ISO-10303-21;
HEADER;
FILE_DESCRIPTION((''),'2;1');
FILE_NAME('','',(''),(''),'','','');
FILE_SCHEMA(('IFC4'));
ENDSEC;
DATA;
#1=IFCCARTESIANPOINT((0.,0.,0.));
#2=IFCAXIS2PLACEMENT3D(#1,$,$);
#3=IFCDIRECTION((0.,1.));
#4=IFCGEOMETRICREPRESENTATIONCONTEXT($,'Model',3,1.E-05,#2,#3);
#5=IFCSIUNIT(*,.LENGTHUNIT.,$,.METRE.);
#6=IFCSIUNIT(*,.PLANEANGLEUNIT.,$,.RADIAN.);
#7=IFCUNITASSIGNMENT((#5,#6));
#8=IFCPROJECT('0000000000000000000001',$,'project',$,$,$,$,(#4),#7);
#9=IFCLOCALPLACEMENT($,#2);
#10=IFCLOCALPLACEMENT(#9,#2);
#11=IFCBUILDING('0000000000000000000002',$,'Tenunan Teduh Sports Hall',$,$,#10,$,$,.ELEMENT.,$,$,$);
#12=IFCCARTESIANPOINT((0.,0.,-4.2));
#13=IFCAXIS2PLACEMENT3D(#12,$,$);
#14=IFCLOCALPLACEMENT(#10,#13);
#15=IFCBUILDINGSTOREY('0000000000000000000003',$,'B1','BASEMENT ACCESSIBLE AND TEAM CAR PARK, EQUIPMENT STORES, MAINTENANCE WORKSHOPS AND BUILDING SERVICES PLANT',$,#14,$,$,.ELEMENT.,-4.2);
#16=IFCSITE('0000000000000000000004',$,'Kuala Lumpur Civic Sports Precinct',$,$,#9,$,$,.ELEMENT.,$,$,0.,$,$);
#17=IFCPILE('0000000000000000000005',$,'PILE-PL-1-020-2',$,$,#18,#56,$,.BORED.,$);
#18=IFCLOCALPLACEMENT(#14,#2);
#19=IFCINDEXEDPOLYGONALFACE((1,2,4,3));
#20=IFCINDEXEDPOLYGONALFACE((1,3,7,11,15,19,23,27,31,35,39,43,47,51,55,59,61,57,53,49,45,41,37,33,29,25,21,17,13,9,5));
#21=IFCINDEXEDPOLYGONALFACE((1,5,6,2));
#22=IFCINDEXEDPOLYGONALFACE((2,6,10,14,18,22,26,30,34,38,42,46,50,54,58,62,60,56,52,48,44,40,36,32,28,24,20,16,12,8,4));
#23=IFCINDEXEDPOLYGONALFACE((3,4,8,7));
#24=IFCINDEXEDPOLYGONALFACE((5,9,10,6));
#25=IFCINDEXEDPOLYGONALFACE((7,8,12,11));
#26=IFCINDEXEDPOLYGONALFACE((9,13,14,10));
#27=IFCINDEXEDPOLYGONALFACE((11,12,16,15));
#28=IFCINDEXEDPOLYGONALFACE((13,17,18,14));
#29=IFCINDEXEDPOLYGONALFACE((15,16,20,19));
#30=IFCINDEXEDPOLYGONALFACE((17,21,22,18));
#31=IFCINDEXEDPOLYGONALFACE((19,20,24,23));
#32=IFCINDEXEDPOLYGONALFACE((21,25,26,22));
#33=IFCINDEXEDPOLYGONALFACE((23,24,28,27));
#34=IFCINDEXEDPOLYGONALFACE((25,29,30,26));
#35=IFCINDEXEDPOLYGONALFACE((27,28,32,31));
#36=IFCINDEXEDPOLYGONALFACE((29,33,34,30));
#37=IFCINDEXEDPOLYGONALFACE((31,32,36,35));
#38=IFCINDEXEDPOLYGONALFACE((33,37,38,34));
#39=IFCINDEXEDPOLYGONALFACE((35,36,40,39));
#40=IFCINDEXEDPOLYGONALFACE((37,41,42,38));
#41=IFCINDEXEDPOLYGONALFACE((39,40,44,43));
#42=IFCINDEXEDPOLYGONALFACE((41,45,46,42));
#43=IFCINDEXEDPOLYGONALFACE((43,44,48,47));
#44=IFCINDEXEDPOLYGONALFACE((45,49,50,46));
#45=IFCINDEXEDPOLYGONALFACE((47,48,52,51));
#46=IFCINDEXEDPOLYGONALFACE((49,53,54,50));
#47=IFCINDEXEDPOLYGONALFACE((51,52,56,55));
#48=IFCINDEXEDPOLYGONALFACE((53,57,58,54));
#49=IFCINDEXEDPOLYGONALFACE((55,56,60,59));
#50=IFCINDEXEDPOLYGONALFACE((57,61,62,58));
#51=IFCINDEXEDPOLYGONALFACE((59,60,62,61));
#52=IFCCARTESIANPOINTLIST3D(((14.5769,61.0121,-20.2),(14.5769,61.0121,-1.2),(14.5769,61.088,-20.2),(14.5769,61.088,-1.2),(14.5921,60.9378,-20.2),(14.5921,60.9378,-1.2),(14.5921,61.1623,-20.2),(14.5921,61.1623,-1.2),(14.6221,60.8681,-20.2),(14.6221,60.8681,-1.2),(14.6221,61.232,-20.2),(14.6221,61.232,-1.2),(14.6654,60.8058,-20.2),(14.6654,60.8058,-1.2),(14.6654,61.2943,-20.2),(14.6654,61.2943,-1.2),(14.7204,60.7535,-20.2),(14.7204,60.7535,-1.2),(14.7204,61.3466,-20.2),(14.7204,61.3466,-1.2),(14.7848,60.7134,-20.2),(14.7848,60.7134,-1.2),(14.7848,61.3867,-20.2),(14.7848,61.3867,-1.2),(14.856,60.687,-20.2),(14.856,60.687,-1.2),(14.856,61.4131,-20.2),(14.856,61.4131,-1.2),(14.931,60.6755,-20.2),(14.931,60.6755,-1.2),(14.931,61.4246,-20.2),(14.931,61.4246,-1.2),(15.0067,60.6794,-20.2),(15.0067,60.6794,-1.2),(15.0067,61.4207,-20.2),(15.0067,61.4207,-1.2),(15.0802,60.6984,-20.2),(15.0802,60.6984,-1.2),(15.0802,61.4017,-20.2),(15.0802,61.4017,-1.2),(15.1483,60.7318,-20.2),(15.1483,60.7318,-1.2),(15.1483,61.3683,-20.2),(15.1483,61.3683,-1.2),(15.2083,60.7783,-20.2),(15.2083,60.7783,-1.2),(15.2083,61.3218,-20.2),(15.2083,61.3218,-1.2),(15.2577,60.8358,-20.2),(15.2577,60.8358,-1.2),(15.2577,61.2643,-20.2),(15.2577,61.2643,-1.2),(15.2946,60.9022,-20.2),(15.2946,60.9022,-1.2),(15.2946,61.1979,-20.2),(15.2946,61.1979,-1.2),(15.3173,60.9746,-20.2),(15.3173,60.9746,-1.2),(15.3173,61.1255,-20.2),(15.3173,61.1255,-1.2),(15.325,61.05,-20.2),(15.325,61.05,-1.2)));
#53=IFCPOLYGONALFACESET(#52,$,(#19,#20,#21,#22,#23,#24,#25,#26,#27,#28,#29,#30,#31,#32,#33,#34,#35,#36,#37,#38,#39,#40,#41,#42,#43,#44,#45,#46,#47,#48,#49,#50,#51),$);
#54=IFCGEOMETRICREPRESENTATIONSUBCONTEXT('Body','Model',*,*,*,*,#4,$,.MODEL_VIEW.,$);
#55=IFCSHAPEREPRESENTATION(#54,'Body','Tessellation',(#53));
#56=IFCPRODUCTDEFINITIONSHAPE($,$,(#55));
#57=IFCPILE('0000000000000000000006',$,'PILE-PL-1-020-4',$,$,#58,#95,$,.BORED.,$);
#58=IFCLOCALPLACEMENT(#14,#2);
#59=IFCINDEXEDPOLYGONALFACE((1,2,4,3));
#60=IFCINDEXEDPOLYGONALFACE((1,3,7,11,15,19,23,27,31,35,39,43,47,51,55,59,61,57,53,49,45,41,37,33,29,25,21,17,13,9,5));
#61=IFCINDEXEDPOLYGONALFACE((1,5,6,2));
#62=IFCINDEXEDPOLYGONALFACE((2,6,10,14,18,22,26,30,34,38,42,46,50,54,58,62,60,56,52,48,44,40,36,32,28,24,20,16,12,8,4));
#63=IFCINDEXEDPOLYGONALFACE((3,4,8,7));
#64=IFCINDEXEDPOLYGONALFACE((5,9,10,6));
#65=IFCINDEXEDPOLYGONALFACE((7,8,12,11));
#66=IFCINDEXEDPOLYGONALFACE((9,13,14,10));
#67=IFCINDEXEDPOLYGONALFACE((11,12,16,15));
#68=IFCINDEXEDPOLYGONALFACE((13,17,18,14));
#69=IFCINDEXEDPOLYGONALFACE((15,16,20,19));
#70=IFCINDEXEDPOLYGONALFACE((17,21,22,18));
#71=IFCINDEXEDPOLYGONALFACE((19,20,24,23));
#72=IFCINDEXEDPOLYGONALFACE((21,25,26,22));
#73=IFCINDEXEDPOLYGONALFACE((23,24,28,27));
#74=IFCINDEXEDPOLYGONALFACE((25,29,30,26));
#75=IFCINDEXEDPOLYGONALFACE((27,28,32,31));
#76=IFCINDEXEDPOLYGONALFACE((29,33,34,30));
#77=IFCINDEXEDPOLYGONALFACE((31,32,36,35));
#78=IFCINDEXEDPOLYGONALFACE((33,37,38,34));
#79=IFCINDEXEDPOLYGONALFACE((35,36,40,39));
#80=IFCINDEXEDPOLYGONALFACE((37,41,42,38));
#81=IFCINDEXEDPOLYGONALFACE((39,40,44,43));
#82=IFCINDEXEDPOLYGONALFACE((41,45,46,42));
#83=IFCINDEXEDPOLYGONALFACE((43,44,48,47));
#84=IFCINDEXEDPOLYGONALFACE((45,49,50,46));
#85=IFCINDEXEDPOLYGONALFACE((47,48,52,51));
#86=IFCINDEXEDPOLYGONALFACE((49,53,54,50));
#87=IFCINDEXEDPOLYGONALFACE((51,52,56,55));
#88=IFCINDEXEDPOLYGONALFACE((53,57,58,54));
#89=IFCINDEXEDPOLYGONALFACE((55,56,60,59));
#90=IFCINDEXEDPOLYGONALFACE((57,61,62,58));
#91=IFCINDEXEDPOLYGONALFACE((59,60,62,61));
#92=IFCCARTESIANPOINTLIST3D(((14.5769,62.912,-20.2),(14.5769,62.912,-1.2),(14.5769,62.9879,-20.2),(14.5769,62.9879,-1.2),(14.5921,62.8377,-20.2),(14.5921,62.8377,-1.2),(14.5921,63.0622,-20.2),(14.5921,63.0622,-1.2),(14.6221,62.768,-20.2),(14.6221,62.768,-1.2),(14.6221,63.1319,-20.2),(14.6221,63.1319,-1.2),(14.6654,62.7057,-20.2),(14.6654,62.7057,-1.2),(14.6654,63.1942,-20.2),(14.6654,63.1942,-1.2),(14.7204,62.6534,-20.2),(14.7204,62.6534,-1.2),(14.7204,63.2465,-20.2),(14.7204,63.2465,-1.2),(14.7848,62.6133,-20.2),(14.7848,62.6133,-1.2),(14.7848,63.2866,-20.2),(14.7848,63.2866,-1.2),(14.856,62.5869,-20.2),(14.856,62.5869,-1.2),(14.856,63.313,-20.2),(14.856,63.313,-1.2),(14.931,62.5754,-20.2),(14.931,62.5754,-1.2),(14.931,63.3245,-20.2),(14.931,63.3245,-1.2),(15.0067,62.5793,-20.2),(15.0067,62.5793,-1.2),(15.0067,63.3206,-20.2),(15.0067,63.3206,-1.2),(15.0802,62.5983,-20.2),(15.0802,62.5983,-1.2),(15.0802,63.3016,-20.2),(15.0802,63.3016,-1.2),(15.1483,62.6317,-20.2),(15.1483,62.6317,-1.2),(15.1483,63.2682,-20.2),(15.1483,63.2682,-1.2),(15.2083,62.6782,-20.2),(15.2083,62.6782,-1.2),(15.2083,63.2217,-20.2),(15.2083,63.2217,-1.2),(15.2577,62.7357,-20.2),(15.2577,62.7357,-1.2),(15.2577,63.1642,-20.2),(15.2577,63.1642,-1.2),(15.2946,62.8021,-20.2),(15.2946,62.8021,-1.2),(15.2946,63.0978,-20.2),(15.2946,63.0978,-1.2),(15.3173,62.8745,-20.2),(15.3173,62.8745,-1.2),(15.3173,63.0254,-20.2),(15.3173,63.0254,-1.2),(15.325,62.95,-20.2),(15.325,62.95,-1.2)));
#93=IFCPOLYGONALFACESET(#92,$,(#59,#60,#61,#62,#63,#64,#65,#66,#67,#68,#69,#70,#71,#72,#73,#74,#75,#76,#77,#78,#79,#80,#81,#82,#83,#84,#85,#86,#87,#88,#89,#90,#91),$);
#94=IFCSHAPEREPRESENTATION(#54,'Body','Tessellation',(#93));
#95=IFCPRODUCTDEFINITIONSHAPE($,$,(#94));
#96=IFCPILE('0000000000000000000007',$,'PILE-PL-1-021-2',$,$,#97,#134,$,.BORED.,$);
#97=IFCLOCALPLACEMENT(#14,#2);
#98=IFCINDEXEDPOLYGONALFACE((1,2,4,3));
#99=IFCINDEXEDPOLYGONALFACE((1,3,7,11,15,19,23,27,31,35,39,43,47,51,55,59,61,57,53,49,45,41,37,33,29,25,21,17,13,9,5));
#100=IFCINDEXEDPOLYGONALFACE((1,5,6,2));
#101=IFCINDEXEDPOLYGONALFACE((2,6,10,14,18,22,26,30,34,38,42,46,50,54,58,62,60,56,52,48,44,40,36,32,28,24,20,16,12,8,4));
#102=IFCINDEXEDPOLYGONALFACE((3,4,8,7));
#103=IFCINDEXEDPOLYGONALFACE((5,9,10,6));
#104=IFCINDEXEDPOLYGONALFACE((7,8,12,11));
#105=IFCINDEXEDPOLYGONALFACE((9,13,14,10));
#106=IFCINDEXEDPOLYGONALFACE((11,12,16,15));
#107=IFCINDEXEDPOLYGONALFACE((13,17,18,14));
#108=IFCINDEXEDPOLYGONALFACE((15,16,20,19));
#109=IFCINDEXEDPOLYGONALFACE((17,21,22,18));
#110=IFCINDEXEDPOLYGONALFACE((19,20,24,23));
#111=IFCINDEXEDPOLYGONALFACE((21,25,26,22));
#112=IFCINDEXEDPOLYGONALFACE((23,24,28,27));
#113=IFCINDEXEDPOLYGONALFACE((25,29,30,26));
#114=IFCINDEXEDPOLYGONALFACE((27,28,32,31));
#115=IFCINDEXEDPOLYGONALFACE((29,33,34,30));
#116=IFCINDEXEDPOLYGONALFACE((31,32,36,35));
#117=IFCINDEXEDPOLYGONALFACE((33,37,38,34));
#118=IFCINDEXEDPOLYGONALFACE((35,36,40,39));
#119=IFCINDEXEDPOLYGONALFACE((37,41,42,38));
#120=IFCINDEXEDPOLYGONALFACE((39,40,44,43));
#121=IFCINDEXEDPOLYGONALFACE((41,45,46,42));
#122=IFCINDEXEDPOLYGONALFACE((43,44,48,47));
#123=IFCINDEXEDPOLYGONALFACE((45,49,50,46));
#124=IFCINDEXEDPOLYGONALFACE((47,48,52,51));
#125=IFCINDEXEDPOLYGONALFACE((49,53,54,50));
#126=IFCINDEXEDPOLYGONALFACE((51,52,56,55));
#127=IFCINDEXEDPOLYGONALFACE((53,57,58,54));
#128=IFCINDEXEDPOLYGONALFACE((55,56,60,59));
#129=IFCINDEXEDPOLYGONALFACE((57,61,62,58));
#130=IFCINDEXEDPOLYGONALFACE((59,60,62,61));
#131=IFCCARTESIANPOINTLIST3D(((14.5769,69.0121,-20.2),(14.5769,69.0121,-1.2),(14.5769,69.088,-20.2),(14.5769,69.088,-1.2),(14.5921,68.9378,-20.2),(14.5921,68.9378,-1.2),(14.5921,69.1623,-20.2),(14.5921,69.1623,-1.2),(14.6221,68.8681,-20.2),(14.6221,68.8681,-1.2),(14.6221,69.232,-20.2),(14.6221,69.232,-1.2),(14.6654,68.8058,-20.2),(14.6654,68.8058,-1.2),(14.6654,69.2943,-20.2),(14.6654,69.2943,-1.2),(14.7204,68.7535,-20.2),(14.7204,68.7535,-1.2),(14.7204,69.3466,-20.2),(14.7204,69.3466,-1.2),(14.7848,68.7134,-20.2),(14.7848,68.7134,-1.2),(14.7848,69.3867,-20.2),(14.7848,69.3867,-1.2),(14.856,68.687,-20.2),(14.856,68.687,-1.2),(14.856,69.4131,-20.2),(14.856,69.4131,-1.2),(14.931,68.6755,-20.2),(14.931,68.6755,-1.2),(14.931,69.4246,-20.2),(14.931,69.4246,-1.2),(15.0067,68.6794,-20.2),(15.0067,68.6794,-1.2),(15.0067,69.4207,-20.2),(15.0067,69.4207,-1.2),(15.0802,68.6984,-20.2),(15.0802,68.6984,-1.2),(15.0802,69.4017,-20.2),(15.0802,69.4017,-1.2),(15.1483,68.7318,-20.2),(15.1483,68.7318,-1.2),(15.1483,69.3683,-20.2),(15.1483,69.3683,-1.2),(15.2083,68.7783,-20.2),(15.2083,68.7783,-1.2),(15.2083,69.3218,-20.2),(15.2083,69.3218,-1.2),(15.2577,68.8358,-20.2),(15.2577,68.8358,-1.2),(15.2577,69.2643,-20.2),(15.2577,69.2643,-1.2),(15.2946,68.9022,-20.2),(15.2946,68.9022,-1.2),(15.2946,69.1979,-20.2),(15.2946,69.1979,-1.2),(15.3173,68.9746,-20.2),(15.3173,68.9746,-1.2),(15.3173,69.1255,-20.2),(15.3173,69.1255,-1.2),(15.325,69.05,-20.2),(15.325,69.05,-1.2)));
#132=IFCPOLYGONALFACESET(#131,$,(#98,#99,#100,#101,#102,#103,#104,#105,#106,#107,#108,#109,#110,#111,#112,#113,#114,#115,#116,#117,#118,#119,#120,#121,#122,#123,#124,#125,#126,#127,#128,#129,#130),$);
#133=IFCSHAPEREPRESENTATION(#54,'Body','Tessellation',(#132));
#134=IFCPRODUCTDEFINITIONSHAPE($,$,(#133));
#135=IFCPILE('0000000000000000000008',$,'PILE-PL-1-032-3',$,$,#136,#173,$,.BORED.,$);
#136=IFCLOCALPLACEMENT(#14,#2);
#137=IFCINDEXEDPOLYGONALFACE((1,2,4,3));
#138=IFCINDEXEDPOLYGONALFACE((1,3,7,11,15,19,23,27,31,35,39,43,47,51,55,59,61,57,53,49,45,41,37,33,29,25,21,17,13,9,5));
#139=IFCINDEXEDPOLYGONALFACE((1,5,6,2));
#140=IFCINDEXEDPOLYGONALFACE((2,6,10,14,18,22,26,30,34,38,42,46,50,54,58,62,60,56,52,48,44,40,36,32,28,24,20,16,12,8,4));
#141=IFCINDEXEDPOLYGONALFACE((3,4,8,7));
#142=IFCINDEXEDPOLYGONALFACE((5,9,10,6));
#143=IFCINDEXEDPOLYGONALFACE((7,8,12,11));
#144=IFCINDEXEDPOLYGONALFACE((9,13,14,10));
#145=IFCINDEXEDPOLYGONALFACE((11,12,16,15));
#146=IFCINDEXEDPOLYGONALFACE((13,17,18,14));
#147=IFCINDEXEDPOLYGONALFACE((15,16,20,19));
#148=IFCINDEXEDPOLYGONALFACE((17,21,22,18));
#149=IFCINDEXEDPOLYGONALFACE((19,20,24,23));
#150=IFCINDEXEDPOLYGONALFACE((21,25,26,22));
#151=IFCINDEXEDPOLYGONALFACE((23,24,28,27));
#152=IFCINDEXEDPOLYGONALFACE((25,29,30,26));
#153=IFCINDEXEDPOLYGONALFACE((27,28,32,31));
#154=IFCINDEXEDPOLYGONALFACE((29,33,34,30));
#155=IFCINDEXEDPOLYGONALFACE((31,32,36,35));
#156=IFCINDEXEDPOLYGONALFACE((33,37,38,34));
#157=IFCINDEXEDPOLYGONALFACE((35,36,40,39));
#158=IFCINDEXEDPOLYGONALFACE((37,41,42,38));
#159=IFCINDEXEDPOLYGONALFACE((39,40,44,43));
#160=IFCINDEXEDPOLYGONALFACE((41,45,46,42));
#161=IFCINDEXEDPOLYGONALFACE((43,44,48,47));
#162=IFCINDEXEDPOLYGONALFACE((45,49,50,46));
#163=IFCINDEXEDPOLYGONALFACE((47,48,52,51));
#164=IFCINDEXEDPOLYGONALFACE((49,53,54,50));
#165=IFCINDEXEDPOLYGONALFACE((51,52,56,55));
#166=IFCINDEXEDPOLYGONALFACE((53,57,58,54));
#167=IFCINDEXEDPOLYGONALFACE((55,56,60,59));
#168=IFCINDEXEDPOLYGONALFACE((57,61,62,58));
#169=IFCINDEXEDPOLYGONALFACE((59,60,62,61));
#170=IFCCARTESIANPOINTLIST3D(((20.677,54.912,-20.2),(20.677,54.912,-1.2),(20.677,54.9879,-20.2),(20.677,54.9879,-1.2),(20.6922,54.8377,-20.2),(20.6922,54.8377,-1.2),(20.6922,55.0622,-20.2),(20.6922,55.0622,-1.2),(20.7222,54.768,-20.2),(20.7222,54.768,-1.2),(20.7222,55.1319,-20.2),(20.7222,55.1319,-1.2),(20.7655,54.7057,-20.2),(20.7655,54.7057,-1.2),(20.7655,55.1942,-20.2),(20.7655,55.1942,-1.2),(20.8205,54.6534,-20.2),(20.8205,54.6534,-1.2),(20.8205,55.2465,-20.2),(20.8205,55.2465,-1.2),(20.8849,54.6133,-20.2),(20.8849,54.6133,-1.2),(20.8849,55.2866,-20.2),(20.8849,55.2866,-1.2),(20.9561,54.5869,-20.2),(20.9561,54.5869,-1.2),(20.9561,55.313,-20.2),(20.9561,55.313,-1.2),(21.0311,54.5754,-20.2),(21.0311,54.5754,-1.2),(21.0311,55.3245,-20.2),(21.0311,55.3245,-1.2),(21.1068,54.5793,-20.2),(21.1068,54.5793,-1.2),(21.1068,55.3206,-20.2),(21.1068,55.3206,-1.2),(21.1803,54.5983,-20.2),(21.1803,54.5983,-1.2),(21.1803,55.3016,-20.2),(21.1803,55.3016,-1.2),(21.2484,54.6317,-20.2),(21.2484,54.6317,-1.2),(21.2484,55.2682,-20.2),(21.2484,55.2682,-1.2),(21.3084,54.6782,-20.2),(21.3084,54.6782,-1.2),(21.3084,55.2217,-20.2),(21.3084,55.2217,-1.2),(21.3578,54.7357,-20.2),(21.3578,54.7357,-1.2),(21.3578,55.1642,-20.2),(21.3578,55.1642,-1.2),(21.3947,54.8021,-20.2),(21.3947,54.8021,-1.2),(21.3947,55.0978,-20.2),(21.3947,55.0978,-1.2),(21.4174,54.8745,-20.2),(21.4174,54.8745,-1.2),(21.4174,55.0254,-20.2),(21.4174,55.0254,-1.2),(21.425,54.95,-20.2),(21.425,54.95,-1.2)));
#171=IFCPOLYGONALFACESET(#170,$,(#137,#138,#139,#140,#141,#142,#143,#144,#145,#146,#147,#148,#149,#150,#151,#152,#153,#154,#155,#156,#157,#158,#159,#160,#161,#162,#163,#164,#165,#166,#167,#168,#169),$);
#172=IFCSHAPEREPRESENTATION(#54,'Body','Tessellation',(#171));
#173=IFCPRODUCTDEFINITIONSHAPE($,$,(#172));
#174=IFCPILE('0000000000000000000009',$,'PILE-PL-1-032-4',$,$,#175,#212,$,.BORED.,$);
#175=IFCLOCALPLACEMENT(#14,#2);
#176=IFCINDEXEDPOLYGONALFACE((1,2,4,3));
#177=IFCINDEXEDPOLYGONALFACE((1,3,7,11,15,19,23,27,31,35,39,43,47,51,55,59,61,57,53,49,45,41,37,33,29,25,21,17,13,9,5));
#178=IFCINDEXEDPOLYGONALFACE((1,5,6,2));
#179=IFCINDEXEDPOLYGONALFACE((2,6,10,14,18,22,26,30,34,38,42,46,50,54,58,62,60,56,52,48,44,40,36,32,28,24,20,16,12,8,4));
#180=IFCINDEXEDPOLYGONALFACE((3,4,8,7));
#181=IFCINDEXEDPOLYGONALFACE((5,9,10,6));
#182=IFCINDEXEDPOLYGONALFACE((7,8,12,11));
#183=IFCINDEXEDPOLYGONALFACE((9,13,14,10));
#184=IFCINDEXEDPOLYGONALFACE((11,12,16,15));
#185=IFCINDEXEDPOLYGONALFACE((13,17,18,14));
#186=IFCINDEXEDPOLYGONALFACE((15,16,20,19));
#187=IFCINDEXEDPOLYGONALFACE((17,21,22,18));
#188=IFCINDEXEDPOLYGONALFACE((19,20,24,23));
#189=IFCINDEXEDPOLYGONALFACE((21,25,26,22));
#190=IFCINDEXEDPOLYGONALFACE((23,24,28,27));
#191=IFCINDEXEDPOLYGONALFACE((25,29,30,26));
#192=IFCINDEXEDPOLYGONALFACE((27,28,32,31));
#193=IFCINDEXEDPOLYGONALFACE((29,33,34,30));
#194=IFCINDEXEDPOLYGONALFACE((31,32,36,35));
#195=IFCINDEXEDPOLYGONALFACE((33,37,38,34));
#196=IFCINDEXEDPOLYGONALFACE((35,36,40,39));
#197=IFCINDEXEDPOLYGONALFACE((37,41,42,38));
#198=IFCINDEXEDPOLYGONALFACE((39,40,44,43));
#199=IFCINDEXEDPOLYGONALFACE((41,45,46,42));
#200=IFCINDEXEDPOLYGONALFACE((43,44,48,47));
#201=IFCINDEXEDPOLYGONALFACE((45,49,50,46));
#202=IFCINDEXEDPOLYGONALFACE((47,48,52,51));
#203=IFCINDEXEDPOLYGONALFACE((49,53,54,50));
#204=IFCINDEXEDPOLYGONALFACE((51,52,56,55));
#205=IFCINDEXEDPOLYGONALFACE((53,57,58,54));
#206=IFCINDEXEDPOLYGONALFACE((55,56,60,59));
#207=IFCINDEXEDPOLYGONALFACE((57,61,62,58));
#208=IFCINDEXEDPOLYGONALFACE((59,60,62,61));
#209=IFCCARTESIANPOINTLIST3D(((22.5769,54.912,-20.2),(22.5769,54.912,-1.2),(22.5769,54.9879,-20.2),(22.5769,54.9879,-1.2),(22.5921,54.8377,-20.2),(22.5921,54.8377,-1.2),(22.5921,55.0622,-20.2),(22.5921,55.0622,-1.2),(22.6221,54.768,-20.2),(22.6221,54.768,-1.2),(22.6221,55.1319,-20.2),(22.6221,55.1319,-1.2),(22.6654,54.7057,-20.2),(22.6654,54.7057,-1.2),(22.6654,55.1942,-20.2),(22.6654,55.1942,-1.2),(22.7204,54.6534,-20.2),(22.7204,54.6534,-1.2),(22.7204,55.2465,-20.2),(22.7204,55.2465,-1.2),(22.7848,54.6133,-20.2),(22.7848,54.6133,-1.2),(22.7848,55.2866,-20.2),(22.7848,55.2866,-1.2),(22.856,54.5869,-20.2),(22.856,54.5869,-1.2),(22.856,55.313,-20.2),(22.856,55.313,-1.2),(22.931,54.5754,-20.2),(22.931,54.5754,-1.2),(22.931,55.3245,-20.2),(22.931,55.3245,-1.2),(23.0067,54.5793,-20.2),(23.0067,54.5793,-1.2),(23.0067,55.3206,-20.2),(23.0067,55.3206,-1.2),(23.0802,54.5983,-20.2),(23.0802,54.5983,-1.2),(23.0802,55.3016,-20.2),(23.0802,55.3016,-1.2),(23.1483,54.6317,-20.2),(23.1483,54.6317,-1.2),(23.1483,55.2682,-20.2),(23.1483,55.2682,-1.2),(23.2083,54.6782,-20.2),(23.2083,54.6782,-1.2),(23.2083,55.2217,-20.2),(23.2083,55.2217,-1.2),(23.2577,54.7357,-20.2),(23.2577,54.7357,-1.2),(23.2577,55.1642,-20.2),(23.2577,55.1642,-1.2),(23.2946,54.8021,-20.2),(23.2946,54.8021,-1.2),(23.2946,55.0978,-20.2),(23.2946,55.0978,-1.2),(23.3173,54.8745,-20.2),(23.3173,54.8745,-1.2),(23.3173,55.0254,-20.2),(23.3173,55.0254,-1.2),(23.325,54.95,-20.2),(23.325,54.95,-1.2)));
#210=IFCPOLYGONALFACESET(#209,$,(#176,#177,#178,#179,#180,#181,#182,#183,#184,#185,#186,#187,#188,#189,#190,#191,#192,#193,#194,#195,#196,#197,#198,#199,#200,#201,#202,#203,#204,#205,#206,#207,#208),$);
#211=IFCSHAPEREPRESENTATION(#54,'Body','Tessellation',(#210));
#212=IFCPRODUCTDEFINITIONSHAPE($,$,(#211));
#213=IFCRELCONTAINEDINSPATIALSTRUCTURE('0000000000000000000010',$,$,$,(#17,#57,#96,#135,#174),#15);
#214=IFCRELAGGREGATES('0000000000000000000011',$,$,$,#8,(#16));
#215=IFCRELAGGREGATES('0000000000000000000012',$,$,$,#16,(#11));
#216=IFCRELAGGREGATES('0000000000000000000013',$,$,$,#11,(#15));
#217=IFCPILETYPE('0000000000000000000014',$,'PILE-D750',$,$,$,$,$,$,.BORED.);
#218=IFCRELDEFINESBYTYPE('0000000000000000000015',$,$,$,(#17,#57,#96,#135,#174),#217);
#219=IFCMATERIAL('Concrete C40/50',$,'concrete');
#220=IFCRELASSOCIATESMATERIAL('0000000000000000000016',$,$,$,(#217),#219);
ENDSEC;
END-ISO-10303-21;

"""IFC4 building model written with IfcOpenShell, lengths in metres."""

from ifc_helpers import new_model, si_unit, direction, frame, origin, origin_2d, place, context, subcontext, project, spatial, circle, extrude, material, material_profile, profile_set, type_object, element, save


model = new_model("IFC4")

# Units and contexts
model_context = context("Model", 3, precision=1e-05, world=origin(), true_north=direction((0.0, 1.0)))
body_context = subcontext(model_context, "Body", "Model", "MODEL_VIEW")
ifc_project = project(units=[si_unit("LENGTHUNIT", "METRE"), si_unit("PLANEANGLEUNIT", "RADIAN")], contexts=[model_context])

# Site, building, storey
site_placement = place(None, origin())
site = spatial("IfcSite", under=ifc_project, at=site_placement, Name="Kuala Lumpur Civic Sports Precinct", CompositionType="ELEMENT", RefElevation=0.0)
building_placement = place(site_placement, origin())
building = spatial("IfcBuilding", under=site, at=building_placement, Name="Tenunan Teduh Sports Hall", CompositionType="ELEMENT")
storey_placement = place(building_placement, frame((0.0, 0.0, -4.2)))
storey = spatial("IfcBuildingStorey", under=building, at=storey_placement, Name="B1", Description="BASEMENT ACCESSIBLE AND TEAM CAR PARK, EQUIPMENT STORES, MAINTENANCE WORKSHOPS AND BUILDING SERVICES PLANT", CompositionType="ELEMENT", Elevation=-4.2)

# Piles
ifc_material_1 = material(Name="Concrete C40/50", Category="concrete")
ifc_material_profile_1 = material_profile(ifc_material_1, circle(Radius=0.375, at=origin_2d()), Name="PILE D750")
ifc_profile_set_1 = profile_set([ifc_material_profile_1], Name="Concrete C40/50")
pile_type = type_object("IfcPileType", Name="PILE-D750", PredefinedType="BORED", material=ifc_profile_set_1)
for number, where, z_axis, x_axis, name in (
    (1, (14.95, 61.05, -1.2), (0.0, 0.0, -1.0), (1.0, 0.0, 0.0), "PILE-PL-1-020-2"),
    (2, (14.95, 62.95, -1.2), (0.0, 0.0, -1.0), (1.0, 0.0, 0.0), "PILE-PL-1-020-4"),
    (3, (14.95, 69.05, -1.2), (0.0, 0.0, -1.0), (1.0, 0.0, 0.0), "PILE-PL-1-021-2"),
    (4, (21.05, 54.95, -1.2), (0.0, 0.0, -1.0), (1.0, 0.0, 0.0), "PILE-PL-1-032-3"),
    (5, (22.95, 54.95, -1.2), (0.0, 0.0, -1.0), (1.0, 0.0, 0.0), "PILE-PL-1-032-4"),
):
    element("IfcPile", number, at=place(storey_placement, frame(where, z_axis=z_axis, x_axis=x_axis)), inside=storey, type_object=pile_type, Name=name, PredefinedType="BORED", context=body_context, shape_type="SweptSolid", body=[
        extrude(circle(Radius=0.375, at=origin_2d()), origin(), (0.0, 0.0, 1.0), 19.0),
    ])

save(model, "model.ifc")
